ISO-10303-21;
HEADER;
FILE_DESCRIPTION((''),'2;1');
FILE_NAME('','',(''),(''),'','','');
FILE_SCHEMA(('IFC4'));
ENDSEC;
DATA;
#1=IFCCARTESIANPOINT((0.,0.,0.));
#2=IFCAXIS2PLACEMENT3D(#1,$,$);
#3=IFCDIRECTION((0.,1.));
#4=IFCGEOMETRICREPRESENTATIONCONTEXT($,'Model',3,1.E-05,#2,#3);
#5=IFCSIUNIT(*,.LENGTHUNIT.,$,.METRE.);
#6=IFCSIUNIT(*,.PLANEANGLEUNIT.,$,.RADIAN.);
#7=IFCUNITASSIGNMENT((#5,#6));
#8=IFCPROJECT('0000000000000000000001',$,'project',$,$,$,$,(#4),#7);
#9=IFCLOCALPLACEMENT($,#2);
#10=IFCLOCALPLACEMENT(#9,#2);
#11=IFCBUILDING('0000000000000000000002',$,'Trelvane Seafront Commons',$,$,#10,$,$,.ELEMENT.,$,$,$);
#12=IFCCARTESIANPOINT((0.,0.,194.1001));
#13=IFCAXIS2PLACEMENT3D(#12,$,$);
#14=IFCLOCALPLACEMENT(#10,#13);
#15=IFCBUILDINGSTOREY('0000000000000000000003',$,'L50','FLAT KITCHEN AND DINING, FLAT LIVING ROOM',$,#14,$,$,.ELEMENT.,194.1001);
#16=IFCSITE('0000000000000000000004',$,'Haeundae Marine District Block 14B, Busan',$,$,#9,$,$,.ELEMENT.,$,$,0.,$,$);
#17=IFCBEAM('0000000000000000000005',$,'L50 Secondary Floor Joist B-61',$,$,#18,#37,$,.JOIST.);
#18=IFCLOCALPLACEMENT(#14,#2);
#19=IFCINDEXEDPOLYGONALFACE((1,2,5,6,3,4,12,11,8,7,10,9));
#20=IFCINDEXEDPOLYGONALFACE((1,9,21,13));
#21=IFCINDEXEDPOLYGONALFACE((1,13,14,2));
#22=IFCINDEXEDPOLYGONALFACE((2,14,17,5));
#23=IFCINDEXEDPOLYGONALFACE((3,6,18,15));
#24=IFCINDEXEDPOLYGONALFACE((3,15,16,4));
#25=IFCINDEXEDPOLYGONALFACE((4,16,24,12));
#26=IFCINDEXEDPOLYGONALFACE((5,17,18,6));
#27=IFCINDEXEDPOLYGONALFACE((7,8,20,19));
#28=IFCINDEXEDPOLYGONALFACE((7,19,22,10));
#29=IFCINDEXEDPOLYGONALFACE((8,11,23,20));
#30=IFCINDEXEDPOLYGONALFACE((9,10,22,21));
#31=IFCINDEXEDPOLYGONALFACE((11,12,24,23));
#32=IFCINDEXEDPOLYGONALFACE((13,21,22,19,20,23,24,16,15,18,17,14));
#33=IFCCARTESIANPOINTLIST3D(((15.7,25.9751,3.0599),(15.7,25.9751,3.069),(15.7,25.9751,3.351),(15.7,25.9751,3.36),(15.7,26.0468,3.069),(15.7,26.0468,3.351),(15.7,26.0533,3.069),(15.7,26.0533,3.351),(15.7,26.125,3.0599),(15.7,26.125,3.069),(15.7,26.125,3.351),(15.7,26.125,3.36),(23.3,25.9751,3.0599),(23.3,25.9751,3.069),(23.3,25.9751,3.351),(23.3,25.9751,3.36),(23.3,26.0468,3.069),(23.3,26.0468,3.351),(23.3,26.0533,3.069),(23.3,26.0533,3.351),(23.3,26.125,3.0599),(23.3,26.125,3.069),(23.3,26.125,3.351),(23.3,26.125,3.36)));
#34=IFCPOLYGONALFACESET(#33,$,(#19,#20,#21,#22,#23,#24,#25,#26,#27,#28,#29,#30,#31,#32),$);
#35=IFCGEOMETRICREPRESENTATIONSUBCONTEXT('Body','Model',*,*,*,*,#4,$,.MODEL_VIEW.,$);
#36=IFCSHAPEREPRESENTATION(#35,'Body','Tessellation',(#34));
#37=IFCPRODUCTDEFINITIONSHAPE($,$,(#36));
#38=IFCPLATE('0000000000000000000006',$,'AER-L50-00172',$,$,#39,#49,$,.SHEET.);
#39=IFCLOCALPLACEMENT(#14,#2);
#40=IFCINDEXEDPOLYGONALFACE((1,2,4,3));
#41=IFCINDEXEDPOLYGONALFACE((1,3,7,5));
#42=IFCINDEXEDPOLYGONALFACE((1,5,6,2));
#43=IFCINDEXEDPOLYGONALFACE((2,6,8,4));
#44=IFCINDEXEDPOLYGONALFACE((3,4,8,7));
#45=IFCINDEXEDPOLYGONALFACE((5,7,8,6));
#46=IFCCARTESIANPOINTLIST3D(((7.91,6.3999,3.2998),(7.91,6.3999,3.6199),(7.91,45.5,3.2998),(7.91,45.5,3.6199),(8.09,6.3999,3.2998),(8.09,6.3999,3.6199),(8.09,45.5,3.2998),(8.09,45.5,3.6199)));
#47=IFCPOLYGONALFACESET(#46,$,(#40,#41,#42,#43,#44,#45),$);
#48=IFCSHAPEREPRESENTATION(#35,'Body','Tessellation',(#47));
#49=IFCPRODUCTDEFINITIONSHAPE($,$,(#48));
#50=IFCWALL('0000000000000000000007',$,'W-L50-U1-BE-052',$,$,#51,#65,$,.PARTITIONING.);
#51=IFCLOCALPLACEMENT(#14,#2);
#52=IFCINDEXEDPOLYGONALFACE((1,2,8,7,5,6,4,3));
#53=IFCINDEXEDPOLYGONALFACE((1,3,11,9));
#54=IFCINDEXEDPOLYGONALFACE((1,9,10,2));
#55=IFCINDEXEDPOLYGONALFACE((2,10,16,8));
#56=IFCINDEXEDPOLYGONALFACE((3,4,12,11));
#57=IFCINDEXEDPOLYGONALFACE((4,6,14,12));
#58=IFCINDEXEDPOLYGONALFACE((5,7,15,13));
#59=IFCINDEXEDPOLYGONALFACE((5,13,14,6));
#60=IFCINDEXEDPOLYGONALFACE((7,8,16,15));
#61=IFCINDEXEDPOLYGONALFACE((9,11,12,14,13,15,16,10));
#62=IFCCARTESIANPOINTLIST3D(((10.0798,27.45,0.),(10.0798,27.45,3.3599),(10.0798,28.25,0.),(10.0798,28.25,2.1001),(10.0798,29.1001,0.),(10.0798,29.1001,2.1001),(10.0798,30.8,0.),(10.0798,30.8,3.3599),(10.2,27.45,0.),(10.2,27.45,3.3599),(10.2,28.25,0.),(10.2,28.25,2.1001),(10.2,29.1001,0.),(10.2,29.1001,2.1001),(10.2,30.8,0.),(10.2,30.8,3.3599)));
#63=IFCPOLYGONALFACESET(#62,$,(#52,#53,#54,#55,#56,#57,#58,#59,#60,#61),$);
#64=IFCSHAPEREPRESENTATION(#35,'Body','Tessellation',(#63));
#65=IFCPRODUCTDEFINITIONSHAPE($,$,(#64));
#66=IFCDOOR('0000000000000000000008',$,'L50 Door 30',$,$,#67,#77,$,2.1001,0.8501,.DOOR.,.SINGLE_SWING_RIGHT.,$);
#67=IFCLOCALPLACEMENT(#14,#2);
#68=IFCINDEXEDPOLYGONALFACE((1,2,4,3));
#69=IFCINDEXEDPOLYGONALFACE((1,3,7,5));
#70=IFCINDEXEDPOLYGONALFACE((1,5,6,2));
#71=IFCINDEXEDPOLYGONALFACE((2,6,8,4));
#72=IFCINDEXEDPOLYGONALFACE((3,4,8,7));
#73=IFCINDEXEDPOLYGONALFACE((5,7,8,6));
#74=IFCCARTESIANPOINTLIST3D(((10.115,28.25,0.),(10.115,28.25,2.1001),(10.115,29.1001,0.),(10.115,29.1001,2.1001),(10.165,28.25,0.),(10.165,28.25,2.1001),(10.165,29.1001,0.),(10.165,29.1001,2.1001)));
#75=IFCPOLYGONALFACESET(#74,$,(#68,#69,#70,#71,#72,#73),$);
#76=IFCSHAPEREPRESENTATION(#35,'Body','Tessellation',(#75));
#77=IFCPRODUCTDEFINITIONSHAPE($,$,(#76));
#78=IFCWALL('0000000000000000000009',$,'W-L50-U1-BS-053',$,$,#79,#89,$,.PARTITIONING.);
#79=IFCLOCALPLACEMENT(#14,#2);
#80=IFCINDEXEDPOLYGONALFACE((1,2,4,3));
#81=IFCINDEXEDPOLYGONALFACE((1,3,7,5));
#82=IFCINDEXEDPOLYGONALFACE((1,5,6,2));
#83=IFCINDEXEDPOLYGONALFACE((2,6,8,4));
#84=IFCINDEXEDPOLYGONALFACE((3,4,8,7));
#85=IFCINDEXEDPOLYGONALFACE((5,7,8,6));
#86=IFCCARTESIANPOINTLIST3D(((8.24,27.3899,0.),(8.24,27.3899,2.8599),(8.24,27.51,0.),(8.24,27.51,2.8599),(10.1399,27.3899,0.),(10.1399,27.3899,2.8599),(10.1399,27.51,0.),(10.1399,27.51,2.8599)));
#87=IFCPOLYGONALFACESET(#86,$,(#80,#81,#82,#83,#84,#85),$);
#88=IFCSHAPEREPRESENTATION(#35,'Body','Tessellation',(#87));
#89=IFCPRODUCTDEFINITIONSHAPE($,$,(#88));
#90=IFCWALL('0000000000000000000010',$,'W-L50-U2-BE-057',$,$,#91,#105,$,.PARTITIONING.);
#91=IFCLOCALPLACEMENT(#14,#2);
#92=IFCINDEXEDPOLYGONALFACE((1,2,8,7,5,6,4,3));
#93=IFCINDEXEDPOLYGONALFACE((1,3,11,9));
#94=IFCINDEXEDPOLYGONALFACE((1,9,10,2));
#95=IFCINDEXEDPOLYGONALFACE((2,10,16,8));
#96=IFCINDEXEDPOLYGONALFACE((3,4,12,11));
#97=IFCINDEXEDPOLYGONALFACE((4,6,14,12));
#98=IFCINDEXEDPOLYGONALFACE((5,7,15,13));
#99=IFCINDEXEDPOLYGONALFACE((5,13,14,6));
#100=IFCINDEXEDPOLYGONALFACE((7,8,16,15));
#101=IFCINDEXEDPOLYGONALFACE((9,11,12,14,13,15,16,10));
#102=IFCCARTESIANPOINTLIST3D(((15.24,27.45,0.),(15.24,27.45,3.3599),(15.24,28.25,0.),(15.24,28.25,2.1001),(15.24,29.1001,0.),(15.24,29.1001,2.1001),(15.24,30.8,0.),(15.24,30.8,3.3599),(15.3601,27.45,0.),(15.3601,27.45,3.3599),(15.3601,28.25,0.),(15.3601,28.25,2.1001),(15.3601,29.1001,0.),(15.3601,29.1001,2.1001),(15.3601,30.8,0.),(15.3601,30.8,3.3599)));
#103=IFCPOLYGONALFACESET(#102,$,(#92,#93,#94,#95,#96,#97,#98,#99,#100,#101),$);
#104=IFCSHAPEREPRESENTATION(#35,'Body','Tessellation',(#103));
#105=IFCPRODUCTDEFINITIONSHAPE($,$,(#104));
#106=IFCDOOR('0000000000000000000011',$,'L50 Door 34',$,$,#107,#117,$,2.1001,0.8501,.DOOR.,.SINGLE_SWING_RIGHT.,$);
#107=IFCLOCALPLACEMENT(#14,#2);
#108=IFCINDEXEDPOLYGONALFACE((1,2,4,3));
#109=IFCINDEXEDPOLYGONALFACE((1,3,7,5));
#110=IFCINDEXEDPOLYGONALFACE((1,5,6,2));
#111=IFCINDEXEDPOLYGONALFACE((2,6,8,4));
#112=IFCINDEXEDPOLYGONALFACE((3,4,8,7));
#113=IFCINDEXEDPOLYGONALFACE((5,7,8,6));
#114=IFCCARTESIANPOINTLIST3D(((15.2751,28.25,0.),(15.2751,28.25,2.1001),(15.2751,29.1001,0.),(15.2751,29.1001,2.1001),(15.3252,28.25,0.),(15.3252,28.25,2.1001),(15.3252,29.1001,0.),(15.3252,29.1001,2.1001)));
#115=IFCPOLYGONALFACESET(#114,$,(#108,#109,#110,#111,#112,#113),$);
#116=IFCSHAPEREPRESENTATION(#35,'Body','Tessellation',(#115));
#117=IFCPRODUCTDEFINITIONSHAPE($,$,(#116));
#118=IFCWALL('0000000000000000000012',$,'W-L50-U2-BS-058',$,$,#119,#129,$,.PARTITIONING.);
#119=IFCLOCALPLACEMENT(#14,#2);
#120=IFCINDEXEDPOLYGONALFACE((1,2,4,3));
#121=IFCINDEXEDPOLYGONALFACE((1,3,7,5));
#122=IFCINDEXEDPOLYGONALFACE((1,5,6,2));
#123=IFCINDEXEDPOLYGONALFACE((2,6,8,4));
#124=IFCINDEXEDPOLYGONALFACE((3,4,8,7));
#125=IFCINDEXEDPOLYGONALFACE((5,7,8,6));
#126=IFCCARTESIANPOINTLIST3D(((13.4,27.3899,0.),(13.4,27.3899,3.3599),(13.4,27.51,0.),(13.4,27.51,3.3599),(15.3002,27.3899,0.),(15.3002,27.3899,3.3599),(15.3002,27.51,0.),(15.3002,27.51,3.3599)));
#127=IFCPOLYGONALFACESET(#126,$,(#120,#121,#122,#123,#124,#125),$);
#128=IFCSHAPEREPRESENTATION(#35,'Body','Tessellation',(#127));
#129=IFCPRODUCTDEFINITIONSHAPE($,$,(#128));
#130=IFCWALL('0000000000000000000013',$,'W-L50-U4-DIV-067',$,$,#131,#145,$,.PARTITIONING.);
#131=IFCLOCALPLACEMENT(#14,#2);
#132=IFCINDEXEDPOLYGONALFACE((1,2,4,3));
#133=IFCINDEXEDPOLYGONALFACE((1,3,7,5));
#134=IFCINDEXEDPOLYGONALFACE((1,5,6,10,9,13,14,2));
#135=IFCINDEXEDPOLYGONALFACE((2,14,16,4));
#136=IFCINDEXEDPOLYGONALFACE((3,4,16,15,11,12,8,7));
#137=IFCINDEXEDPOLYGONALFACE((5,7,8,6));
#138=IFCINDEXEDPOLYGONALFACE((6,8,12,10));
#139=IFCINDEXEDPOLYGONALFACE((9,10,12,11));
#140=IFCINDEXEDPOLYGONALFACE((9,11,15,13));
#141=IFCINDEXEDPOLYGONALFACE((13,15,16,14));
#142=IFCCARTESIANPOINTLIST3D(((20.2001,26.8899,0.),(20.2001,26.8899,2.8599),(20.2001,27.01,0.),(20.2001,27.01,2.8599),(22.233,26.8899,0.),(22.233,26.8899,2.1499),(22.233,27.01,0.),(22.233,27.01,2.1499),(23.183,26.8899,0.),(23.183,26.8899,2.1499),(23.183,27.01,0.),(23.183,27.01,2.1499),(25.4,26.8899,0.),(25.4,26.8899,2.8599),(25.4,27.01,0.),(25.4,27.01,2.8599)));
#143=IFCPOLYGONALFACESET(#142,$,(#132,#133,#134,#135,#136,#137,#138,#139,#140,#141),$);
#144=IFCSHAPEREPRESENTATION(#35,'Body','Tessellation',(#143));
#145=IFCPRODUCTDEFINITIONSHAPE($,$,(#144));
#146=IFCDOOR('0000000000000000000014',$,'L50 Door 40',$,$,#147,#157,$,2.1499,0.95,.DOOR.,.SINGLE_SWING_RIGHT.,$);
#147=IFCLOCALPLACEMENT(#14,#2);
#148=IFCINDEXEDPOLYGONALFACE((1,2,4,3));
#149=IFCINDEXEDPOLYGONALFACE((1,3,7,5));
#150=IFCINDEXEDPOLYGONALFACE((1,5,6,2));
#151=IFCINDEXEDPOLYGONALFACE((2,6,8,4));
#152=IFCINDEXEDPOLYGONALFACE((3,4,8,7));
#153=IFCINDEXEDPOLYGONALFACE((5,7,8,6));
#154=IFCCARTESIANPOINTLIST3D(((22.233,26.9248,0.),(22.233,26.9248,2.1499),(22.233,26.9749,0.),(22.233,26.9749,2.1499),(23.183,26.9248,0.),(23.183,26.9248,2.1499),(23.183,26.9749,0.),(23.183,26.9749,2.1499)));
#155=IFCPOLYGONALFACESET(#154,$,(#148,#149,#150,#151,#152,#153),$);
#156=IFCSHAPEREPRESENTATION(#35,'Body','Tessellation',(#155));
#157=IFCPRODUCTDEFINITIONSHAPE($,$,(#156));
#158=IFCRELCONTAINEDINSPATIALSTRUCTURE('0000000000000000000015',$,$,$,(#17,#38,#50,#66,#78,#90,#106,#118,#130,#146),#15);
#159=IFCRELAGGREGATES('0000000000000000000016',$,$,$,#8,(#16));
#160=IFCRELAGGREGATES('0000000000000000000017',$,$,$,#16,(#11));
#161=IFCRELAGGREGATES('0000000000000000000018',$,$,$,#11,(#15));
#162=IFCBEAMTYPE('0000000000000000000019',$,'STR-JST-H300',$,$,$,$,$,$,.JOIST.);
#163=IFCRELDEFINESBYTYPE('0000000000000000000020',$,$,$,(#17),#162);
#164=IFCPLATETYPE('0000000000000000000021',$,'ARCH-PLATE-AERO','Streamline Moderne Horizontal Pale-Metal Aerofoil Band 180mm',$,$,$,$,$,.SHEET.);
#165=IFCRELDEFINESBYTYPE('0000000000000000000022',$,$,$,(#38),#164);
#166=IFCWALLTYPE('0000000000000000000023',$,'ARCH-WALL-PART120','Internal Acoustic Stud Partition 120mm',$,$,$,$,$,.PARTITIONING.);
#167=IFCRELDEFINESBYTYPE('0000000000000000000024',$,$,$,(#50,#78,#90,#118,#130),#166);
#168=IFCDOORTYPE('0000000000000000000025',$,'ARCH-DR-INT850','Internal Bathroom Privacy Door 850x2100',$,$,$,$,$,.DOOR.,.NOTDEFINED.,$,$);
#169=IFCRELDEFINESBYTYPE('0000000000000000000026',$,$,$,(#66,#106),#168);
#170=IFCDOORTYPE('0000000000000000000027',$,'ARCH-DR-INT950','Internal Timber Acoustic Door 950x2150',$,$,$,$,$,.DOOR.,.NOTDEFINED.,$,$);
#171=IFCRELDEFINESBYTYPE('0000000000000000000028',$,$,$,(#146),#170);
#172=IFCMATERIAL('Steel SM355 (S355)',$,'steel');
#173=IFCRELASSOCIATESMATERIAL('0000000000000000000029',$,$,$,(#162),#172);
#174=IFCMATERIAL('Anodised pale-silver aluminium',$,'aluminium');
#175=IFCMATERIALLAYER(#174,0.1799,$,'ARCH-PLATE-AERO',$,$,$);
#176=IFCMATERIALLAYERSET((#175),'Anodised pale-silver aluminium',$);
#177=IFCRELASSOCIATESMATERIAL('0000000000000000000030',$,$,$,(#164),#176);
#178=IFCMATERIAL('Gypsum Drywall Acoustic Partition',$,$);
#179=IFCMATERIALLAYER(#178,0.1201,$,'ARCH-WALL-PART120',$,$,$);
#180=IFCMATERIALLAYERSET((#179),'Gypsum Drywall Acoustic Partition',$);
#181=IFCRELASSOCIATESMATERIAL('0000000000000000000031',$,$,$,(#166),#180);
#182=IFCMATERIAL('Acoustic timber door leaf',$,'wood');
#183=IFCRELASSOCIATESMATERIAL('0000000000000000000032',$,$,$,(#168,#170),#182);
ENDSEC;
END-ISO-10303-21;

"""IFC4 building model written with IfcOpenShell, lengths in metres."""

from ifc_helpers import new_model, si_unit, direction, frame, frame_2d, origin, origin_2d, place, context, subcontext, project, spatial, rectangle, i_section, extrude, source, transform, mapped, material, layer, layer_set, material_profile, profile_set, type_object, element, fill, save


model = new_model("IFC4")

# Units and contexts
model_context = context("Model", 3, precision=1e-05, world=origin(), true_north=direction((0.0, 1.0)))
body_context = subcontext(model_context, "Body", "Model", "MODEL_VIEW")
ifc_project = project(units=[si_unit("LENGTHUNIT", "METRE"), si_unit("PLANEANGLEUNIT", "RADIAN")], contexts=[model_context])

# Site, building, storey
site_placement = place(None, origin())
site = spatial("IfcSite", under=ifc_project, at=site_placement, Name="Haeundae Marine District Block 14B, Busan", CompositionType="ELEMENT", RefElevation=0.0)
building_placement = place(site_placement, origin())
building = spatial("IfcBuilding", under=site, at=building_placement, Name="Trelvane Seafront Commons", CompositionType="ELEMENT")
storey_placement = place(building_placement, frame((0.0, 0.0, 194.1001)))
storey = spatial("IfcBuildingStorey", under=building, at=storey_placement, Name="L50", Description="FLAT KITCHEN AND DINING, FLAT LIVING ROOM", CompositionType="ELEMENT", Elevation=194.1001)

# Shared definitions
ifc_material_1 = material(Name="Steel SM355 (S355)", Category="steel")

# Beam
ifc_material_profile_1 = material_profile(ifc_material_1, i_section(OverallWidth=0.1499, OverallDepth=0.3, WebThickness=0.0066, FlangeThickness=0.009, at=origin_2d()), Name="H-300x150x6.5x9")
ifc_profile_set_1 = profile_set([ifc_material_profile_1], Name="Steel SM355 (S355)")
beam_type_1 = type_object("IfcBeamType", Name="STR-JST-H300", PredefinedType="JOIST", material=ifc_profile_set_1)
shared_shape_1 = source(origin(), body_context, "Body", "SweptSolid", [
    extrude(i_section(OverallWidth=0.1499, OverallDepth=0.3, WebThickness=0.0066, FlangeThickness=0.009, at=origin_2d()), origin(), (0.0, 0.0, 1.0), 7.6001),
])
beam_1_placement = place(storey_placement, frame((15.7, 26.05, 3.21), z_axis=(1.0, 0.0, 0.0), x_axis=(0.0, 1.0, 0.0)))
element("IfcBeam", 1, at=beam_1_placement, inside=storey, type_object=beam_type_1, Name="L50 Secondary Floor Joist B-61", PredefinedType="JOIST", context=body_context, shape_type="MappedRepresentation", body=[
    mapped(shared_shape_1, transform((0.0, 0.0, 0.0), x_axis=(1.0, 0.0, 0.0), y_axis=(0.0, 1.0, 0.0), z_axis=(0.0, 0.0, 1.0), scale=1.0)),
])

# Plate
ifc_material_2 = material(Name="Anodised pale-silver aluminium", Category="aluminium")
ifc_layer_1 = layer(ifc_material_2, 0.1799, Name="ARCH-PLATE-AERO")
ifc_layer_set_1 = layer_set([ifc_layer_1], Name="Anodised pale-silver aluminium")
plate_type = type_object("IfcPlateType", Name="ARCH-PLATE-AERO", Description="Streamline Moderne Horizontal Pale-Metal Aerofoil Band 180mm", PredefinedType="SHEET", material=ifc_layer_set_1)
shared_shape_2 = source(origin(), body_context, "Body", "SweptSolid", [
    extrude(rectangle(XDim=39.1001, YDim=0.1799, at=origin_2d()), origin(), (0.0, 0.0, 1.0), 0.3201),
])
plate_placement = place(storey_placement, frame((8.0, 25.95, 3.2998), z_axis=(0.0, 0.0, 1.0), x_axis=(0.0, 1.0, 0.0)))
element("IfcPlate", 2, at=plate_placement, inside=storey, type_object=plate_type, Name="AER-L50-00172", PredefinedType="SHEET", context=body_context, shape_type="MappedRepresentation", body=[
    mapped(shared_shape_2, transform((0.0, 0.0, 0.0), x_axis=(1.0, 0.0, 0.0), y_axis=(0.0, 1.0, 0.0), z_axis=(0.0, 0.0, 1.0), scale=1.0)),
])

# Wall, opening, door
ifc_material_3 = material(Name="Gypsum Drywall Acoustic Partition")
ifc_layer_2 = layer(ifc_material_3, 0.1201, Name="ARCH-WALL-PART120")
ifc_layer_set_2 = layer_set([ifc_layer_2], Name="Gypsum Drywall Acoustic Partition")
wall_type = type_object("IfcWallType", Name="ARCH-WALL-PART120", Description="Internal Acoustic Stud Partition 120mm", PredefinedType="PARTITIONING", material=ifc_layer_set_2)
wall_1_placement = place(storey_placement, frame((10.1399, 27.45, 0.0), z_axis=(0.0, 0.0, 1.0), x_axis=(0.0, 1.0, 0.0)))
wall_1 = element("IfcWall", 3, at=wall_1_placement, inside=storey, type_object=wall_type, Name="W-L50-U1-BE-052", PredefinedType="PARTITIONING", context=body_context, shape_type="SweptSolid", body=[
    extrude(rectangle(XDim=3.3501, YDim=0.1201, at=frame_2d((1.675, 0.0))), origin(), (0.0, 0.0, 1.0), 3.3599),
])
opening_1_placement = place(wall_1_placement, frame((0.8, 0.0, 0.0)))
opening_1 = element("IfcOpeningElement", 4, at=opening_1_placement, cuts=wall_1, PredefinedType="OPENING", context=body_context, shape_type="SweptSolid", body=[
    extrude(rectangle(XDim=0.8501, YDim=2.1001, at=frame_2d((0.425, 1.05))), frame((0.0, 0.0701, 0.0), z_axis=(0.0, -1.0, 0.0), x_axis=(1.0, 0.0, 0.0)), (0.0, 0.0, 1.0), 0.1401),
])
ifc_material_4 = material(Name="Acoustic timber door leaf", Category="wood")
door_type_1 = type_object("IfcDoorType", Name="ARCH-DR-INT850", Description="Internal Bathroom Privacy Door 850x2100", OperationType="NOTDEFINED", PredefinedType="DOOR", material=ifc_material_4)
shared_shape_3 = source(origin(), body_context, "Body", "SweptSolid", [
    extrude(rectangle(XDim=0.8501, YDim=2.1001, at=frame_2d((0.425, 1.05))), frame((0.0, 0.0249, 0.0), z_axis=(0.0, -1.0, 0.0), x_axis=(1.0, 0.0, 0.0)), (0.0, 0.0, 1.0), 0.05),
])
door_1_placement = place(opening_1_placement, origin())
door_1 = element("IfcDoor", 5, at=door_1_placement, inside=storey, type_object=door_type_1, Name="L50 Door 30", OperationType="SINGLE_SWING_RIGHT", OverallHeight=2.1001, OverallWidth=0.8501, PredefinedType="DOOR", context=body_context, shape_type="MappedRepresentation", body=[
    mapped(shared_shape_3, transform((0.0, 0.0, 0.0), x_axis=(1.0, 0.0, 0.0), y_axis=(0.0, 1.0, 0.0), z_axis=(0.0, 0.0, 1.0), scale=1.0)),
])
fill(opening_1, door_1)

# Wall
wall_2_placement = place(storey_placement, frame((8.24, 27.45, 0.0), z_axis=(0.0, 0.0, 1.0), x_axis=(1.0, 0.0, 0.0)))
element("IfcWall", 6, at=wall_2_placement, inside=storey, type_object=wall_type, Name="W-L50-U1-BS-053", PredefinedType="PARTITIONING", context=body_context, shape_type="SweptSolid", body=[
    extrude(rectangle(XDim=1.8999, YDim=0.1201, at=frame_2d((0.95, 0.0))), origin(), (0.0, 0.0, 1.0), 2.8599),
])

# Wall, opening, door
wall_3_placement = place(storey_placement, frame((15.3, 27.45, 0.0), z_axis=(0.0, 0.0, 1.0), x_axis=(0.0, 1.0, 0.0)))
wall_3 = element("IfcWall", 7, at=wall_3_placement, inside=storey, type_object=wall_type, Name="W-L50-U2-BE-057", PredefinedType="PARTITIONING", context=body_context, shape_type="SweptSolid", body=[
    extrude(rectangle(XDim=3.3501, YDim=0.1201, at=frame_2d((1.675, 0.0))), origin(), (0.0, 0.0, 1.0), 3.3599),
])
opening_2_placement = place(wall_3_placement, frame((0.8, 0.0, 0.0)))
opening_2 = element("IfcOpeningElement", 8, at=opening_2_placement, cuts=wall_3, PredefinedType="OPENING", context=body_context, shape_type="SweptSolid", body=[
    extrude(rectangle(XDim=0.8501, YDim=2.1001, at=frame_2d((0.425, 1.05))), frame((0.0, 0.0701, 0.0), z_axis=(0.0, -1.0, 0.0), x_axis=(1.0, 0.0, 0.0)), (0.0, 0.0, 1.0), 0.1401),
])
door_2_placement = place(opening_2_placement, origin())
door_2 = element("IfcDoor", 9, at=door_2_placement, inside=storey, type_object=door_type_1, Name="L50 Door 34", OperationType="SINGLE_SWING_RIGHT", OverallHeight=2.1001, OverallWidth=0.8501, PredefinedType="DOOR", context=body_context, shape_type="MappedRepresentation", body=[
    mapped(shared_shape_3, transform((0.0, 0.0, 0.0), x_axis=(1.0, 0.0, 0.0), y_axis=(0.0, 1.0, 0.0), z_axis=(0.0, 0.0, 1.0), scale=1.0)),
])
fill(opening_2, door_2)

# Wall
wall_4_placement = place(storey_placement, frame((13.3999, 27.45, 0.0), z_axis=(0.0, 0.0, 1.0), x_axis=(1.0, 0.0, 0.0)))
element("IfcWall", 10, at=wall_4_placement, inside=storey, type_object=wall_type, Name="W-L50-U2-BS-058", PredefinedType="PARTITIONING", context=body_context, shape_type="SweptSolid", body=[
    extrude(rectangle(XDim=1.9001, YDim=0.1201, at=frame_2d((0.9502, 0.0))), origin(), (0.0, 0.0, 1.0), 3.3599),
])

# Wall, opening, door
wall_5_placement = place(storey_placement, frame((20.2, 26.95, 0.0), z_axis=(0.0, 0.0, 1.0), x_axis=(1.0, 0.0, 0.0)))
wall_5 = element("IfcWall", 11, at=wall_5_placement, inside=storey, type_object=wall_type, Name="W-L50-U4-DIV-067", PredefinedType="PARTITIONING", context=body_context, shape_type="SweptSolid", body=[
    extrude(rectangle(XDim=5.2, YDim=0.1201, at=frame_2d((2.6001, 0.0))), origin(), (0.0, 0.0, 1.0), 2.8599),
])
opening_3_placement = place(wall_5_placement, frame((2.033, 0.0, 0.0)))
opening_3 = element("IfcOpeningElement", 12, at=opening_3_placement, cuts=wall_5, PredefinedType="OPENING", context=body_context, shape_type="SweptSolid", body=[
    extrude(rectangle(XDim=0.95, YDim=2.1499, at=frame_2d((0.4751, 1.075))), frame((0.0, 0.0701, 0.0), z_axis=(0.0, -1.0, 0.0), x_axis=(1.0, 0.0, 0.0)), (0.0, 0.0, 1.0), 0.1401),
])
door_type_2 = type_object("IfcDoorType", Name="ARCH-DR-INT950", Description="Internal Timber Acoustic Door 950x2150", OperationType="NOTDEFINED", PredefinedType="DOOR", material=ifc_material_4)
shared_shape_4 = source(origin(), body_context, "Body", "SweptSolid", [
    extrude(rectangle(XDim=0.95, YDim=2.1499, at=frame_2d((0.4751, 1.075))), frame((0.0, 0.0249, 0.0), z_axis=(0.0, -1.0, 0.0), x_axis=(1.0, 0.0, 0.0)), (0.0, 0.0, 1.0), 0.05),
])
door_3_placement = place(opening_3_placement, origin())
door_3 = element("IfcDoor", 13, at=door_3_placement, inside=storey, type_object=door_type_2, Name="L50 Door 40", OperationType="SINGLE_SWING_RIGHT", OverallHeight=2.1499, OverallWidth=0.95, PredefinedType="DOOR", context=body_context, shape_type="MappedRepresentation", body=[
    mapped(shared_shape_4, transform((0.0, 0.0, 0.0), x_axis=(1.0, 0.0, 0.0), y_axis=(0.0, 1.0, 0.0), z_axis=(0.0, 0.0, 1.0), scale=1.0)),
])
fill(opening_3, door_3)

save(model, "model.ifc")
